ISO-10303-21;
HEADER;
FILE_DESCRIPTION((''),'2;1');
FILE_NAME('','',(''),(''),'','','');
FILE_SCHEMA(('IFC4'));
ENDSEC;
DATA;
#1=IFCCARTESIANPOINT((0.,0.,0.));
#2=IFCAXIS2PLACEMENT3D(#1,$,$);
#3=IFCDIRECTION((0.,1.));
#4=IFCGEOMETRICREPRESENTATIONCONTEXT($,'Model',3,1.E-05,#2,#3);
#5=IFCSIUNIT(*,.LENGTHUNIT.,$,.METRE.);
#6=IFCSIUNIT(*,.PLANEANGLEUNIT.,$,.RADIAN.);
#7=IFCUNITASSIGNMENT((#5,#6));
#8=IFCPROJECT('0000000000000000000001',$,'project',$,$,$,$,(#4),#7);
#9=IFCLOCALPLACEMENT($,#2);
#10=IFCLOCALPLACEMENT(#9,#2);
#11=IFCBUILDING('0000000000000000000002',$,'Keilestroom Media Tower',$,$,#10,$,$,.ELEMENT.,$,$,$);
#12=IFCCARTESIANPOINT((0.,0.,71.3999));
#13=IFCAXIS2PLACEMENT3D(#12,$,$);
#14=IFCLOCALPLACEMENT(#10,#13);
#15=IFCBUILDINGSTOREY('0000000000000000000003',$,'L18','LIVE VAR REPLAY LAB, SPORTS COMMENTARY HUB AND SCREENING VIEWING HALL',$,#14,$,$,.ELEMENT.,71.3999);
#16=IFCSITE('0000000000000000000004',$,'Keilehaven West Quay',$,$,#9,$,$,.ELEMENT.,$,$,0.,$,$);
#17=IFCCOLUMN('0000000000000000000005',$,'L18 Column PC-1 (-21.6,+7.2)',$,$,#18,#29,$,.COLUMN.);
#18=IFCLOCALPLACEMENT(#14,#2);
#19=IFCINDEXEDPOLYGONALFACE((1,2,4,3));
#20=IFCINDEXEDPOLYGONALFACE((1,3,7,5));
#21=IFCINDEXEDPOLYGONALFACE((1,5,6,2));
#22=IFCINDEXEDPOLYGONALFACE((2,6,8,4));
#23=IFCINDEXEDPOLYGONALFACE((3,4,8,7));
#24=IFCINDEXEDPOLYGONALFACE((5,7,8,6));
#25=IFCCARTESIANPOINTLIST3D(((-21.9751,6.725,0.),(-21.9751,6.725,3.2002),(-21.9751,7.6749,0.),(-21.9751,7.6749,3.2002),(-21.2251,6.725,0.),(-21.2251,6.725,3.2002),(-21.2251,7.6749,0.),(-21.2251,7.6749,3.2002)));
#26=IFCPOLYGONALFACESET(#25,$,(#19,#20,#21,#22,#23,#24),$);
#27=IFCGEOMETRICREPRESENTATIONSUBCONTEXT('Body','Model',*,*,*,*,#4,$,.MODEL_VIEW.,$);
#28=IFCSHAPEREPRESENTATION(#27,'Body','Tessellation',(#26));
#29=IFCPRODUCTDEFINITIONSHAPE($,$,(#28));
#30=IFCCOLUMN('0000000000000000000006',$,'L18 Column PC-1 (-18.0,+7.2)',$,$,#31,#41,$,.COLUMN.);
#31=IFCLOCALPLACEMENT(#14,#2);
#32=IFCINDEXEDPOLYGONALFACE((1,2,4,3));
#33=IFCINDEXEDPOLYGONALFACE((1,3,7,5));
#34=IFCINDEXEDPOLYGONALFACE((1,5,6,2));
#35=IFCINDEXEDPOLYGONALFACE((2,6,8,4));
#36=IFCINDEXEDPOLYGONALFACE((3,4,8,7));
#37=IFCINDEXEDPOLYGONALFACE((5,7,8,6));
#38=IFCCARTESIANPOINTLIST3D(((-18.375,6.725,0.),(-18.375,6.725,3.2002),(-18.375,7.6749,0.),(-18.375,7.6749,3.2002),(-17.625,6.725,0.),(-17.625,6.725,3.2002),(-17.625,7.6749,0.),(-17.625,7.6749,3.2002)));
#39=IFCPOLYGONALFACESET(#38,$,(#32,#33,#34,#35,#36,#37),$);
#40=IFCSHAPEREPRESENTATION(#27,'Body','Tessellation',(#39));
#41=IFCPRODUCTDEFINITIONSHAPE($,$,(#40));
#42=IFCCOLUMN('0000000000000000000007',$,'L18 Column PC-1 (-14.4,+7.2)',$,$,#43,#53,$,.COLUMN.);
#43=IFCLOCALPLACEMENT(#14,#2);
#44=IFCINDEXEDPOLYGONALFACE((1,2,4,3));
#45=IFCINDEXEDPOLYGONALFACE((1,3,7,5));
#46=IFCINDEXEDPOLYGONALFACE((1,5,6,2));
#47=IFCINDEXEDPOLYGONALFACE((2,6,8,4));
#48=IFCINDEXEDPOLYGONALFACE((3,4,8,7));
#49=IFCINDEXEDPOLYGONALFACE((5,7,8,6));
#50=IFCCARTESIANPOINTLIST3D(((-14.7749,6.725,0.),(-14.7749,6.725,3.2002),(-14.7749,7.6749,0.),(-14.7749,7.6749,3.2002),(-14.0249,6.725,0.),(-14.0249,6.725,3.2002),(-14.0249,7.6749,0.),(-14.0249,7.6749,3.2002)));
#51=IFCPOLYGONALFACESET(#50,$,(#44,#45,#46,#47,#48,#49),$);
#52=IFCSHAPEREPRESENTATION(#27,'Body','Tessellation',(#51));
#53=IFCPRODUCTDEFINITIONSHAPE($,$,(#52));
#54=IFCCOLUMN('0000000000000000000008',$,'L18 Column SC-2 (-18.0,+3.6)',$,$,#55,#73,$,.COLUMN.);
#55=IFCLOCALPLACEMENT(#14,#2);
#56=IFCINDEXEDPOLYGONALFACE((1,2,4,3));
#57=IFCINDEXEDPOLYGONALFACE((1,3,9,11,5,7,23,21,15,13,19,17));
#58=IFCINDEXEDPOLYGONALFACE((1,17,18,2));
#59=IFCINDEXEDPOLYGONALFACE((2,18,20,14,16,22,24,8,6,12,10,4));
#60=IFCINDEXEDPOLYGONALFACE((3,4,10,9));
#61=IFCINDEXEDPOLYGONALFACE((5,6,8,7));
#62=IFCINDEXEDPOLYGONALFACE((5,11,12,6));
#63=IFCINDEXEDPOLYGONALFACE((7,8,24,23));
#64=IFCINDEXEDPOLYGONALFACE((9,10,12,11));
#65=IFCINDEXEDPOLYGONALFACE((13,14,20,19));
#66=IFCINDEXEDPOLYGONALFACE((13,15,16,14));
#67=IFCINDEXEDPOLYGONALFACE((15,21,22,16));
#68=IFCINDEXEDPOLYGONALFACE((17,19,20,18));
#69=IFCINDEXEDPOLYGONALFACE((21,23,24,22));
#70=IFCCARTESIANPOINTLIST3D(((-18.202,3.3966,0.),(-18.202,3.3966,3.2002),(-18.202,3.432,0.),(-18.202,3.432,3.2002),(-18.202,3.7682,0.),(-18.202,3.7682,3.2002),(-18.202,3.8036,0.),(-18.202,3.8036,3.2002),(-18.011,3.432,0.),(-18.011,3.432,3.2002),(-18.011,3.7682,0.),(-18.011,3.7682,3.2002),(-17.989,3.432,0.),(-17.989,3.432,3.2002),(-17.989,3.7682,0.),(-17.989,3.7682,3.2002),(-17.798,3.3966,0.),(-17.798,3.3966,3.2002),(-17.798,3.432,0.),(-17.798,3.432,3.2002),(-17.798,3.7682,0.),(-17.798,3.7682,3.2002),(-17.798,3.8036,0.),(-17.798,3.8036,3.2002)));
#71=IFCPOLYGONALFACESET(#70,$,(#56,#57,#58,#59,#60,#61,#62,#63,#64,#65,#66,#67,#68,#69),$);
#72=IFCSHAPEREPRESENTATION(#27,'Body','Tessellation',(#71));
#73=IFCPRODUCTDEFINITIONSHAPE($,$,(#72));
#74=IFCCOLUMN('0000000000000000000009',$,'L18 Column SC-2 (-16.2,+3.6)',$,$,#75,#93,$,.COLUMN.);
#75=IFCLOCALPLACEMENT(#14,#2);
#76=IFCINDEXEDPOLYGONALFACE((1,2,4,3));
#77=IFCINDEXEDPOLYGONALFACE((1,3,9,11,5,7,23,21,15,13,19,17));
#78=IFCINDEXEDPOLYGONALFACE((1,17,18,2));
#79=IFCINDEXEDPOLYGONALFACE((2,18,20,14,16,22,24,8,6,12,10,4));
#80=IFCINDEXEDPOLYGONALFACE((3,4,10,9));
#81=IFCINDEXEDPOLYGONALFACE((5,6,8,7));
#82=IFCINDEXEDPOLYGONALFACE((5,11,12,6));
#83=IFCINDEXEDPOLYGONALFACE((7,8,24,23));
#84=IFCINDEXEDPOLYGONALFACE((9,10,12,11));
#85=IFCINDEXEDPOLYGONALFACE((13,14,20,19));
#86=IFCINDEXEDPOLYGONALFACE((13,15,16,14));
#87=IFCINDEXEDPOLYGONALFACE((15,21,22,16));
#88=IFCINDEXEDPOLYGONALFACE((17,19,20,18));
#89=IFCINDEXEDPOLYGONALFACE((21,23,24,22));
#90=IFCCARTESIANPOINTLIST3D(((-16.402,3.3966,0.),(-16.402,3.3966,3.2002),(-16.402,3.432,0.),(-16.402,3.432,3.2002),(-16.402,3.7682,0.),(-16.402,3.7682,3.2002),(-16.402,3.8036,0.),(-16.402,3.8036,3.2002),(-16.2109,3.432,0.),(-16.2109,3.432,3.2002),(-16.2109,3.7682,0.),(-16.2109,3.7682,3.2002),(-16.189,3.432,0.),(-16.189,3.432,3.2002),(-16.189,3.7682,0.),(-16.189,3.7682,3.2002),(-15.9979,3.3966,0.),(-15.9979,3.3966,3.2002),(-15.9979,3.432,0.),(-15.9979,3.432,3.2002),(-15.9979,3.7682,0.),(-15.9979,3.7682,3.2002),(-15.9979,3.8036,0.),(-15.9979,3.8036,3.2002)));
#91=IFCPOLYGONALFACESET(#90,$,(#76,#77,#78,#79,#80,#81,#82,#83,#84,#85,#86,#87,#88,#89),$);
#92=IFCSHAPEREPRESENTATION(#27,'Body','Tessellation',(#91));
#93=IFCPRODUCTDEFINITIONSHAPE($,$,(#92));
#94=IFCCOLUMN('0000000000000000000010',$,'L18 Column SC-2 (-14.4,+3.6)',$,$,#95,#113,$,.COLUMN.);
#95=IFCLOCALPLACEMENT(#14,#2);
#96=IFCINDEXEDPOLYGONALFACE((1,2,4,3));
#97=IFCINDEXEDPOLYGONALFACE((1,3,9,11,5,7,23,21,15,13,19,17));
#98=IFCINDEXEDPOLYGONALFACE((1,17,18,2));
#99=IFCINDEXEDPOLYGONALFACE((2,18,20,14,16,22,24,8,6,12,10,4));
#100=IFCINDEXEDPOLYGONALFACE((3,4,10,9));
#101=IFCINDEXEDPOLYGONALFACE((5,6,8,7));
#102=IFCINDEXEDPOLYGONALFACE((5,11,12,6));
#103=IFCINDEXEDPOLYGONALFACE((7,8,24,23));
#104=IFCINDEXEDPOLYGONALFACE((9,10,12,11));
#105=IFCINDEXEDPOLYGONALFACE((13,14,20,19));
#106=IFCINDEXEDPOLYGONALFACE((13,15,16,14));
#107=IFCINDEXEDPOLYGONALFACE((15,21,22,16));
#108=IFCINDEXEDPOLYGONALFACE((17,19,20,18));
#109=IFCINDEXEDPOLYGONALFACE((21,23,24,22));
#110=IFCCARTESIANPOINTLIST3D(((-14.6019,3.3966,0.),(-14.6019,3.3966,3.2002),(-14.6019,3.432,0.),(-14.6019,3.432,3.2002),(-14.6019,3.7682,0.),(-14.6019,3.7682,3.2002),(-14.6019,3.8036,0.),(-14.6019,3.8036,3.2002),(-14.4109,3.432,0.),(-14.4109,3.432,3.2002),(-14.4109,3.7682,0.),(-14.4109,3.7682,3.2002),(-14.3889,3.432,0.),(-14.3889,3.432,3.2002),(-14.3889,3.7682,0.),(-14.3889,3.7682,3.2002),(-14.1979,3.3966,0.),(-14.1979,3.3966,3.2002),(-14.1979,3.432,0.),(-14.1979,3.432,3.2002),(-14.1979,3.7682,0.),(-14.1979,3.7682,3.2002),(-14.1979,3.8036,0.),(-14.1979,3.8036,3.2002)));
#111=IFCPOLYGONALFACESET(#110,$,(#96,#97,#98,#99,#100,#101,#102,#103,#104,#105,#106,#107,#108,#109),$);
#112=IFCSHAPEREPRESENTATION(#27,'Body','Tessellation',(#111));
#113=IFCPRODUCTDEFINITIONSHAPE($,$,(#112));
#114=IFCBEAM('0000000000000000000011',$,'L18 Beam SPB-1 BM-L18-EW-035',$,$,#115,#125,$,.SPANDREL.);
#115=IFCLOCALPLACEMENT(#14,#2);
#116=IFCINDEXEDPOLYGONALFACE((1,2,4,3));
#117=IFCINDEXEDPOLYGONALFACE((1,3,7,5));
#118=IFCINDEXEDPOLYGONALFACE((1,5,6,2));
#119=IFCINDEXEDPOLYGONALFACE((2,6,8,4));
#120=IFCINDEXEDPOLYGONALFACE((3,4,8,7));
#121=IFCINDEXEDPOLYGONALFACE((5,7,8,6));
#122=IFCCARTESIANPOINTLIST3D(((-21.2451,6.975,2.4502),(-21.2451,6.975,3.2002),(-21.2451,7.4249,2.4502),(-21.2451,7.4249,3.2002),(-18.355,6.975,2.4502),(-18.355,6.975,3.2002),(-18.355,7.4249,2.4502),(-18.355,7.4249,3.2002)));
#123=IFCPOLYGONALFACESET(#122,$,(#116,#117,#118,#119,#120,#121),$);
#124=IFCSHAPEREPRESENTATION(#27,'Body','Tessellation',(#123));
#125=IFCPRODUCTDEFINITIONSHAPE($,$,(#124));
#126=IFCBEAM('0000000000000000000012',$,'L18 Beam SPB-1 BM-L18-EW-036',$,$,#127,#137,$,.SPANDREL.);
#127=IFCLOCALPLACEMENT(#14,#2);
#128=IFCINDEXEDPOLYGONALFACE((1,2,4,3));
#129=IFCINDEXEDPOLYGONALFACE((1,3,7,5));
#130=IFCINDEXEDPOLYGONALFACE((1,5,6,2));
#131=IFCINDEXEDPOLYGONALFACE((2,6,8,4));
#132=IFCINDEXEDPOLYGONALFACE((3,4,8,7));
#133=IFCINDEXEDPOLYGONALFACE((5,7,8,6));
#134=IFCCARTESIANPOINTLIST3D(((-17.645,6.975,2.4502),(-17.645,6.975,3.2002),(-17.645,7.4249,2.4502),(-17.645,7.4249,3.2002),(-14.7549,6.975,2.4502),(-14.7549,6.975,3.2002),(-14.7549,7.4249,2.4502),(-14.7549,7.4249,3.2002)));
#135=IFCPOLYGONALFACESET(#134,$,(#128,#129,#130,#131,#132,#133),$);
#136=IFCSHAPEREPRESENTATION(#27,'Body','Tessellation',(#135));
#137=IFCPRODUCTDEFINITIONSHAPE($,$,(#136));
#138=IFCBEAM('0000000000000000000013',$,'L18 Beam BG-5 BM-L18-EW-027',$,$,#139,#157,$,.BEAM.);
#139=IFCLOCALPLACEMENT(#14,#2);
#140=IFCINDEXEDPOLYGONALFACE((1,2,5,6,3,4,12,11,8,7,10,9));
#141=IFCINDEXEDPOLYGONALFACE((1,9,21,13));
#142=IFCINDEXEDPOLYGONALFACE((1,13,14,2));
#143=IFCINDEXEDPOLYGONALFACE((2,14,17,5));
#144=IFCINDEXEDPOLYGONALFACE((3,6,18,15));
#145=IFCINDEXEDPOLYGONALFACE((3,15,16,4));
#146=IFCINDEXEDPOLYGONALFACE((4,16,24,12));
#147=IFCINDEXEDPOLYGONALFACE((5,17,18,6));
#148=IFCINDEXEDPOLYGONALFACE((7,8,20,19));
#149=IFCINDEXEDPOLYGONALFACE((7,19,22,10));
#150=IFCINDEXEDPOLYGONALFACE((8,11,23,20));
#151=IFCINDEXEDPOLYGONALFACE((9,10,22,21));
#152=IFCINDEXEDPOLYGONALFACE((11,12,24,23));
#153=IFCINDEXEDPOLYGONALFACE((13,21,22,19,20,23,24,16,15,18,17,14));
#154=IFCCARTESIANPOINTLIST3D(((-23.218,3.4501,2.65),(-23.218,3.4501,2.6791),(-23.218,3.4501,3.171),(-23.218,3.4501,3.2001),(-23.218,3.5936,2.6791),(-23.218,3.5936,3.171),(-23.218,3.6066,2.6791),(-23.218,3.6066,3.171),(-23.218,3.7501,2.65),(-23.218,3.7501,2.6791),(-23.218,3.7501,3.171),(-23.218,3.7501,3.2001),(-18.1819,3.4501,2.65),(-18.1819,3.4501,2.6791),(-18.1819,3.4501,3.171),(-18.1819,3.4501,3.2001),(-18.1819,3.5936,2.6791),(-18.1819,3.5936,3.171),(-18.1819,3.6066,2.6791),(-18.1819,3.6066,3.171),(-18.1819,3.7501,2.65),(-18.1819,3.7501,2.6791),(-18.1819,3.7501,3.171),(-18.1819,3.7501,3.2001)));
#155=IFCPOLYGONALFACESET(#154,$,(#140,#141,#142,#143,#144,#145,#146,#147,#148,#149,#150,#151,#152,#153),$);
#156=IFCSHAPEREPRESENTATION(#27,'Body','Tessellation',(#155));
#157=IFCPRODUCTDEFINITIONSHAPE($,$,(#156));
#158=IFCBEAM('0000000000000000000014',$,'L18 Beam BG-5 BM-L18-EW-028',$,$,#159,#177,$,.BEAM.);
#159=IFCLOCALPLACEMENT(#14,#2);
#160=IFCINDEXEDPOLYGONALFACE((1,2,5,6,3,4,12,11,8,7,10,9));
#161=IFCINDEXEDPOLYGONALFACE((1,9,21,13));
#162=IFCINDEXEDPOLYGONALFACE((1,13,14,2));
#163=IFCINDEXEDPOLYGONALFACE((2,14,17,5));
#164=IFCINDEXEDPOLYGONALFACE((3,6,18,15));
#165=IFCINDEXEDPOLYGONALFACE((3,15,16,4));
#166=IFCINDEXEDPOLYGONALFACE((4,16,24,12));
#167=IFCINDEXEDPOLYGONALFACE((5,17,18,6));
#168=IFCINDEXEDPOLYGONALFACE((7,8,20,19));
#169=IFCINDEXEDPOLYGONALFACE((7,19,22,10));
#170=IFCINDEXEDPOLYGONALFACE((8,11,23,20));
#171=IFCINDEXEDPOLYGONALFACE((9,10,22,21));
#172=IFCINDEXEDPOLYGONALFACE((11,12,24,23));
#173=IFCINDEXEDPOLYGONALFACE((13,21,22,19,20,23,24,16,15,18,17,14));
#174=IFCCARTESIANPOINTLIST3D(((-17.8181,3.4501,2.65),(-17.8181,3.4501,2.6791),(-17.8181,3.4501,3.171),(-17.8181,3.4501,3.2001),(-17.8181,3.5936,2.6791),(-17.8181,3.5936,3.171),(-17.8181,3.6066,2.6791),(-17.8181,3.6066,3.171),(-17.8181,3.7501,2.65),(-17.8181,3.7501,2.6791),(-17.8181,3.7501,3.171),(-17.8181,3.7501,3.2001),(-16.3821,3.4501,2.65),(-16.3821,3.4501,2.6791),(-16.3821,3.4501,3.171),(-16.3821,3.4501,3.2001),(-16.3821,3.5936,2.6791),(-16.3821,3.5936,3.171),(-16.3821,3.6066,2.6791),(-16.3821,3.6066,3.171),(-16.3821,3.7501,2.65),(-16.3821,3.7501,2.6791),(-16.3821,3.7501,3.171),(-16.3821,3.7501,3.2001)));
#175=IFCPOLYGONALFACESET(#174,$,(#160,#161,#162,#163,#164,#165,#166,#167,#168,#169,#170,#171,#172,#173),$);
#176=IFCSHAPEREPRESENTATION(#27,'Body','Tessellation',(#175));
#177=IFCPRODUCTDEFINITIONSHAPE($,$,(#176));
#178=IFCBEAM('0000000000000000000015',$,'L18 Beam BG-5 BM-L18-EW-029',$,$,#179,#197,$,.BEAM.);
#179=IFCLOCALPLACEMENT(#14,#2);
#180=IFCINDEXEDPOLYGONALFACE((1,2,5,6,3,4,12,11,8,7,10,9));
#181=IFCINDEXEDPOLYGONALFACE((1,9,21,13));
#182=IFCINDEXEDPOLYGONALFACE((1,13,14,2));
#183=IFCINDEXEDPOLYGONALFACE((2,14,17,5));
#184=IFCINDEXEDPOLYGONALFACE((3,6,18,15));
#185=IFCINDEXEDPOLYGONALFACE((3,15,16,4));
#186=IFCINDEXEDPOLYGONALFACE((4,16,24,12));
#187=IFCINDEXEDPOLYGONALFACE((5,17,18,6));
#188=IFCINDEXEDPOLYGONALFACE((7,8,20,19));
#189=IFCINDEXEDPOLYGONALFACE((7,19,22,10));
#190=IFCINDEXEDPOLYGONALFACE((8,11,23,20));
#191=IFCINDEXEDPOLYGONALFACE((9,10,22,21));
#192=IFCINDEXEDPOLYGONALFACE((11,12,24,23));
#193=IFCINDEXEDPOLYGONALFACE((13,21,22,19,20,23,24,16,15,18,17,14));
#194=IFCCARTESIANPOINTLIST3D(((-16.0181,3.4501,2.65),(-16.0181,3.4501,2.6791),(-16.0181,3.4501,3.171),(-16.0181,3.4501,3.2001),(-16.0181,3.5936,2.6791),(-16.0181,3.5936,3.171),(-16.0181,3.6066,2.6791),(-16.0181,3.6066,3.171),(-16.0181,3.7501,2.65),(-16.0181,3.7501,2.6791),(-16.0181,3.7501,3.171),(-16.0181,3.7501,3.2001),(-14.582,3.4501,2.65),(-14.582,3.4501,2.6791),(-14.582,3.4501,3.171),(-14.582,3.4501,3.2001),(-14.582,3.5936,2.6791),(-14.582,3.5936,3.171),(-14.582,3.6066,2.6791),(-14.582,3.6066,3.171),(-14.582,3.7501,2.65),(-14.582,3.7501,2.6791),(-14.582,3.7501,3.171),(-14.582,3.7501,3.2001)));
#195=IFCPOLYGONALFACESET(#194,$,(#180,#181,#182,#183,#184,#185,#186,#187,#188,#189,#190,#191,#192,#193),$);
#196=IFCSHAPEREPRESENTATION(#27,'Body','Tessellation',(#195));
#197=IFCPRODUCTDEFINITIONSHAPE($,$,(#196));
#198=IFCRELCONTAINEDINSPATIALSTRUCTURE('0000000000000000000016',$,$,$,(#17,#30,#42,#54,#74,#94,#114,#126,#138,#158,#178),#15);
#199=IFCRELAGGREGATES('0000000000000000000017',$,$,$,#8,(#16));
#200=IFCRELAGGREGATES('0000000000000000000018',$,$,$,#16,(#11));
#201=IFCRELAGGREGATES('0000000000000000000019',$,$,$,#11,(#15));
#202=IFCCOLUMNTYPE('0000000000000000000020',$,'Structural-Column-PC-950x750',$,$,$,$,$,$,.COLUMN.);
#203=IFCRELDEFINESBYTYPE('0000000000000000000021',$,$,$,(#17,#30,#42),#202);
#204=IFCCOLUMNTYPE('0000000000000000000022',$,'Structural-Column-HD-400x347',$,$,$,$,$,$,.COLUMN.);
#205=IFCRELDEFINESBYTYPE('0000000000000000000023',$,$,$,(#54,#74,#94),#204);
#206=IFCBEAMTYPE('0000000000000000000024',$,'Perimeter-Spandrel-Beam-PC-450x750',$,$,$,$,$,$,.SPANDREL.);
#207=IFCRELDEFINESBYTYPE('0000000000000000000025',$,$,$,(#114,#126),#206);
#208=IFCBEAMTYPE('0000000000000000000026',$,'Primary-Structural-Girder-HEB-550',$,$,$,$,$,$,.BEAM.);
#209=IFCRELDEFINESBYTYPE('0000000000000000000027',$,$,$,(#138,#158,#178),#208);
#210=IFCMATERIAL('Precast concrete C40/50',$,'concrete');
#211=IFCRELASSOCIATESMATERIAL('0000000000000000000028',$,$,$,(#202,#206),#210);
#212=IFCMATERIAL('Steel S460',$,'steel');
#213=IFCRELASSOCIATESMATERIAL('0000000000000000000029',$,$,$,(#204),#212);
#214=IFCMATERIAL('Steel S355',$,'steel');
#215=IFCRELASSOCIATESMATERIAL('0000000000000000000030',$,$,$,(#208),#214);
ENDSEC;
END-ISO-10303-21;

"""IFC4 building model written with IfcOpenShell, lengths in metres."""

from ifc_helpers import new_model, si_unit, direction, frame, origin, origin_2d, place, context, subcontext, project, spatial, rectangle, i_section, extrude, source, transform, mapped, material, material_profile, profile_set, type_object, element, save


model = new_model("IFC4")

# Units and contexts
model_context = context("Model", 3, precision=1e-05, world=origin(), true_north=direction((0.0, 1.0)))
body_context = subcontext(model_context, "Body", "Model", "MODEL_VIEW")
ifc_project = project(units=[si_unit("LENGTHUNIT", "METRE"), si_unit("PLANEANGLEUNIT", "RADIAN")], contexts=[model_context])

# Site, building, storey
site_placement = place(None, origin())
site = spatial("IfcSite", under=ifc_project, at=site_placement, Name="Keilehaven West Quay", CompositionType="ELEMENT", RefElevation=0.0)
building_placement = place(site_placement, origin())
building = spatial("IfcBuilding", under=site, at=building_placement, Name="Keilestroom Media Tower", CompositionType="ELEMENT")
storey_placement = place(building_placement, frame((0.0, 0.0, 71.3999)))
storey = spatial("IfcBuildingStorey", under=building, at=storey_placement, Name="L18", Description="LIVE VAR REPLAY LAB, SPORTS COMMENTARY HUB AND SCREENING VIEWING HALL", CompositionType="ELEMENT", Elevation=71.3999)

# Columns
ifc_material_1 = material(Name="Precast concrete C40/50", Category="concrete")
ifc_material_profile_1 = material_profile(ifc_material_1, rectangle(XDim=0.75, YDim=0.95, at=origin_2d()), Name="PC 950x750")
ifc_profile_set_1 = profile_set([ifc_material_profile_1], Name="Precast concrete C40/50")
column_type_1 = type_object("IfcColumnType", Name="Structural-Column-PC-950x750", PredefinedType="COLUMN", material=ifc_profile_set_1)
shared_shape_1 = source(origin(), body_context, "Body", "SweptSolid", [
    extrude(rectangle(XDim=0.75, YDim=0.95, at=origin_2d()), origin(), (0.0, 0.0, 1.0), 3.2002),
])
for number, where, z_axis, x_axis, name in (
    (1, (-21.6001, 7.2, 0.0), (0.0, 0.0, 1.0), (1.0, 0.0, 0.0), "L18 Column PC-1 (-21.6,+7.2)"),
    (2, (-18.0, 7.2, 0.0), (0.0, 0.0, 1.0), (1.0, 0.0, 0.0), "L18 Column PC-1 (-18.0,+7.2)"),
    (3, (-14.3999, 7.2, 0.0), (0.0, 0.0, 1.0), (1.0, 0.0, 0.0), "L18 Column PC-1 (-14.4,+7.2)"),
):
    element("IfcColumn", number, at=place(storey_placement, frame(where, z_axis=z_axis, x_axis=x_axis)), inside=storey, type_object=column_type_1, Name=name, PredefinedType="COLUMN", context=body_context, shape_type="MappedRepresentation", body=[
        mapped(shared_shape_1, transform((0.0, 0.0, 0.0), x_axis=(1.0, 0.0, 0.0), y_axis=(0.0, 1.0, 0.0), z_axis=(0.0, 0.0, 1.0), scale=1.0)),
    ])
ifc_material_2 = material(Name="Steel S460", Category="steel")
ifc_material_profile_2 = material_profile(ifc_material_2, i_section(OverallWidth=0.4041, OverallDepth=0.407, WebThickness=0.022, FlangeThickness=0.0354, at=origin_2d()), Name="HD 400x347")
ifc_profile_set_2 = profile_set([ifc_material_profile_2], Name="Steel S460")
column_type_2 = type_object("IfcColumnType", Name="Structural-Column-HD-400x347", PredefinedType="COLUMN", material=ifc_profile_set_2)
shared_shape_2 = source(origin(), body_context, "Body", "SweptSolid", [
    extrude(i_section(OverallWidth=0.4041, OverallDepth=0.407, WebThickness=0.022, FlangeThickness=0.0354, at=origin_2d()), origin(), (0.0, 0.0, 1.0), 3.2002),
])
for number, where, z_axis, x_axis, name in (
    (4, (-18.0, 3.6001, 0.0), (0.0, 0.0, 1.0), (1.0, 0.0, 0.0), "L18 Column SC-2 (-18.0,+3.6)"),
    (5, (-16.2, 3.6001, 0.0), (0.0, 0.0, 1.0), (1.0, 0.0, 0.0), "L18 Column SC-2 (-16.2,+3.6)"),
    (6, (-14.3999, 3.6001, 0.0), (0.0, 0.0, 1.0), (1.0, 0.0, 0.0), "L18 Column SC-2 (-14.4,+3.6)"),
):
    element("IfcColumn", number, at=place(storey_placement, frame(where, z_axis=z_axis, x_axis=x_axis)), inside=storey, type_object=column_type_2, Name=name, PredefinedType="COLUMN", context=body_context, shape_type="MappedRepresentation", body=[
        mapped(shared_shape_2, transform((0.0, 0.0, 0.0), x_axis=(1.0, 0.0, 0.0), y_axis=(0.0, 1.0, 0.0), z_axis=(0.0, 0.0, 1.0), scale=1.0)),
    ])

# Beams
ifc_material_profile_3 = material_profile(ifc_material_1, rectangle(XDim=0.45, YDim=0.75, at=origin_2d()), Name="PC 450x750")
ifc_profile_set_3 = profile_set([ifc_material_profile_3], Name="Precast concrete C40/50")
beam_type_1 = type_object("IfcBeamType", Name="Perimeter-Spandrel-Beam-PC-450x750", PredefinedType="SPANDREL", material=ifc_profile_set_3)
shared_shape_3 = source(origin(), body_context, "Body", "SweptSolid", [
    extrude(rectangle(XDim=0.45, YDim=0.75, at=origin_2d()), origin(), (0.0, 0.0, 1.0), 2.8901),
])
for number, where, z_axis, x_axis, name in (
    (7, (-21.2451, 7.2, 2.8252), (1.0, 0.0, 0.0), (0.0, 1.0, 0.0), "L18 Beam SPB-1 BM-L18-EW-035"),
    (8, (-17.645, 7.2, 2.8252), (1.0, 0.0, 0.0), (0.0, 1.0, 0.0), "L18 Beam SPB-1 BM-L18-EW-036"),
):
    element("IfcBeam", number, at=place(storey_placement, frame(where, z_axis=z_axis, x_axis=x_axis)), inside=storey, type_object=beam_type_1, Name=name, PredefinedType="SPANDREL", context=body_context, shape_type="MappedRepresentation", body=[
        mapped(shared_shape_3, transform((0.0, 0.0, 0.0), x_axis=(1.0, 0.0, 0.0), y_axis=(0.0, 1.0, 0.0), z_axis=(0.0, 0.0, 1.0), scale=1.0)),
    ])
ifc_material_3 = material(Name="Steel S355", Category="steel")
ifc_material_profile_4 = material_profile(ifc_material_3, i_section(OverallWidth=0.3, OverallDepth=0.55, WebThickness=0.0129, FlangeThickness=0.0291, at=origin_2d()), Name="HEB 550")
ifc_profile_set_4 = profile_set([ifc_material_profile_4], Name="Steel S355")
beam_type_2 = type_object("IfcBeamType", Name="Primary-Structural-Girder-HEB-550", PredefinedType="BEAM", material=ifc_profile_set_4)
shared_shape_4 = source(origin(), body_context, "Body", "SweptSolid", [
    extrude(i_section(OverallWidth=0.3, OverallDepth=0.55, WebThickness=0.0129, FlangeThickness=0.0291, at=origin_2d()), origin(), (0.0, 0.0, 1.0), 5.0361),
])
beam_placement = place(storey_placement, frame((-23.218, 3.6001, 2.925), z_axis=(1.0, 0.0, 0.0), x_axis=(0.0, 1.0, 0.0)))
element("IfcBeam", 9, at=beam_placement, inside=storey, type_object=beam_type_2, Name="L18 Beam BG-5 BM-L18-EW-027", PredefinedType="BEAM", context=body_context, shape_type="MappedRepresentation", body=[
    mapped(shared_shape_4, transform((0.0, 0.0, 0.0), x_axis=(1.0, 0.0, 0.0), y_axis=(0.0, 1.0, 0.0), z_axis=(0.0, 0.0, 1.0), scale=1.0)),
])
shared_shape_5 = source(origin(), body_context, "Body", "SweptSolid", [
    extrude(i_section(OverallWidth=0.3, OverallDepth=0.55, WebThickness=0.0129, FlangeThickness=0.0291, at=origin_2d()), origin(), (0.0, 0.0, 1.0), 1.436),
])
for number, where, z_axis, x_axis, name in (
    (10, (-17.8181, 3.6001, 2.925), (1.0, 0.0, 0.0), (0.0, 1.0, 0.0), "L18 Beam BG-5 BM-L18-EW-028"),
    (11, (-16.0181, 3.6001, 2.925), (1.0, 0.0, 0.0), (0.0, 1.0, 0.0), "L18 Beam BG-5 BM-L18-EW-029"),
):
    element("IfcBeam", number, at=place(storey_placement, frame(where, z_axis=z_axis, x_axis=x_axis)), inside=storey, type_object=beam_type_2, Name=name, PredefinedType="BEAM", context=body_context, shape_type="MappedRepresentation", body=[
        mapped(shared_shape_5, transform((0.0, 0.0, 0.0), x_axis=(1.0, 0.0, 0.0), y_axis=(0.0, 1.0, 0.0), z_axis=(0.0, 0.0, 1.0), scale=1.0)),
    ])

save(model, "model.ifc")
